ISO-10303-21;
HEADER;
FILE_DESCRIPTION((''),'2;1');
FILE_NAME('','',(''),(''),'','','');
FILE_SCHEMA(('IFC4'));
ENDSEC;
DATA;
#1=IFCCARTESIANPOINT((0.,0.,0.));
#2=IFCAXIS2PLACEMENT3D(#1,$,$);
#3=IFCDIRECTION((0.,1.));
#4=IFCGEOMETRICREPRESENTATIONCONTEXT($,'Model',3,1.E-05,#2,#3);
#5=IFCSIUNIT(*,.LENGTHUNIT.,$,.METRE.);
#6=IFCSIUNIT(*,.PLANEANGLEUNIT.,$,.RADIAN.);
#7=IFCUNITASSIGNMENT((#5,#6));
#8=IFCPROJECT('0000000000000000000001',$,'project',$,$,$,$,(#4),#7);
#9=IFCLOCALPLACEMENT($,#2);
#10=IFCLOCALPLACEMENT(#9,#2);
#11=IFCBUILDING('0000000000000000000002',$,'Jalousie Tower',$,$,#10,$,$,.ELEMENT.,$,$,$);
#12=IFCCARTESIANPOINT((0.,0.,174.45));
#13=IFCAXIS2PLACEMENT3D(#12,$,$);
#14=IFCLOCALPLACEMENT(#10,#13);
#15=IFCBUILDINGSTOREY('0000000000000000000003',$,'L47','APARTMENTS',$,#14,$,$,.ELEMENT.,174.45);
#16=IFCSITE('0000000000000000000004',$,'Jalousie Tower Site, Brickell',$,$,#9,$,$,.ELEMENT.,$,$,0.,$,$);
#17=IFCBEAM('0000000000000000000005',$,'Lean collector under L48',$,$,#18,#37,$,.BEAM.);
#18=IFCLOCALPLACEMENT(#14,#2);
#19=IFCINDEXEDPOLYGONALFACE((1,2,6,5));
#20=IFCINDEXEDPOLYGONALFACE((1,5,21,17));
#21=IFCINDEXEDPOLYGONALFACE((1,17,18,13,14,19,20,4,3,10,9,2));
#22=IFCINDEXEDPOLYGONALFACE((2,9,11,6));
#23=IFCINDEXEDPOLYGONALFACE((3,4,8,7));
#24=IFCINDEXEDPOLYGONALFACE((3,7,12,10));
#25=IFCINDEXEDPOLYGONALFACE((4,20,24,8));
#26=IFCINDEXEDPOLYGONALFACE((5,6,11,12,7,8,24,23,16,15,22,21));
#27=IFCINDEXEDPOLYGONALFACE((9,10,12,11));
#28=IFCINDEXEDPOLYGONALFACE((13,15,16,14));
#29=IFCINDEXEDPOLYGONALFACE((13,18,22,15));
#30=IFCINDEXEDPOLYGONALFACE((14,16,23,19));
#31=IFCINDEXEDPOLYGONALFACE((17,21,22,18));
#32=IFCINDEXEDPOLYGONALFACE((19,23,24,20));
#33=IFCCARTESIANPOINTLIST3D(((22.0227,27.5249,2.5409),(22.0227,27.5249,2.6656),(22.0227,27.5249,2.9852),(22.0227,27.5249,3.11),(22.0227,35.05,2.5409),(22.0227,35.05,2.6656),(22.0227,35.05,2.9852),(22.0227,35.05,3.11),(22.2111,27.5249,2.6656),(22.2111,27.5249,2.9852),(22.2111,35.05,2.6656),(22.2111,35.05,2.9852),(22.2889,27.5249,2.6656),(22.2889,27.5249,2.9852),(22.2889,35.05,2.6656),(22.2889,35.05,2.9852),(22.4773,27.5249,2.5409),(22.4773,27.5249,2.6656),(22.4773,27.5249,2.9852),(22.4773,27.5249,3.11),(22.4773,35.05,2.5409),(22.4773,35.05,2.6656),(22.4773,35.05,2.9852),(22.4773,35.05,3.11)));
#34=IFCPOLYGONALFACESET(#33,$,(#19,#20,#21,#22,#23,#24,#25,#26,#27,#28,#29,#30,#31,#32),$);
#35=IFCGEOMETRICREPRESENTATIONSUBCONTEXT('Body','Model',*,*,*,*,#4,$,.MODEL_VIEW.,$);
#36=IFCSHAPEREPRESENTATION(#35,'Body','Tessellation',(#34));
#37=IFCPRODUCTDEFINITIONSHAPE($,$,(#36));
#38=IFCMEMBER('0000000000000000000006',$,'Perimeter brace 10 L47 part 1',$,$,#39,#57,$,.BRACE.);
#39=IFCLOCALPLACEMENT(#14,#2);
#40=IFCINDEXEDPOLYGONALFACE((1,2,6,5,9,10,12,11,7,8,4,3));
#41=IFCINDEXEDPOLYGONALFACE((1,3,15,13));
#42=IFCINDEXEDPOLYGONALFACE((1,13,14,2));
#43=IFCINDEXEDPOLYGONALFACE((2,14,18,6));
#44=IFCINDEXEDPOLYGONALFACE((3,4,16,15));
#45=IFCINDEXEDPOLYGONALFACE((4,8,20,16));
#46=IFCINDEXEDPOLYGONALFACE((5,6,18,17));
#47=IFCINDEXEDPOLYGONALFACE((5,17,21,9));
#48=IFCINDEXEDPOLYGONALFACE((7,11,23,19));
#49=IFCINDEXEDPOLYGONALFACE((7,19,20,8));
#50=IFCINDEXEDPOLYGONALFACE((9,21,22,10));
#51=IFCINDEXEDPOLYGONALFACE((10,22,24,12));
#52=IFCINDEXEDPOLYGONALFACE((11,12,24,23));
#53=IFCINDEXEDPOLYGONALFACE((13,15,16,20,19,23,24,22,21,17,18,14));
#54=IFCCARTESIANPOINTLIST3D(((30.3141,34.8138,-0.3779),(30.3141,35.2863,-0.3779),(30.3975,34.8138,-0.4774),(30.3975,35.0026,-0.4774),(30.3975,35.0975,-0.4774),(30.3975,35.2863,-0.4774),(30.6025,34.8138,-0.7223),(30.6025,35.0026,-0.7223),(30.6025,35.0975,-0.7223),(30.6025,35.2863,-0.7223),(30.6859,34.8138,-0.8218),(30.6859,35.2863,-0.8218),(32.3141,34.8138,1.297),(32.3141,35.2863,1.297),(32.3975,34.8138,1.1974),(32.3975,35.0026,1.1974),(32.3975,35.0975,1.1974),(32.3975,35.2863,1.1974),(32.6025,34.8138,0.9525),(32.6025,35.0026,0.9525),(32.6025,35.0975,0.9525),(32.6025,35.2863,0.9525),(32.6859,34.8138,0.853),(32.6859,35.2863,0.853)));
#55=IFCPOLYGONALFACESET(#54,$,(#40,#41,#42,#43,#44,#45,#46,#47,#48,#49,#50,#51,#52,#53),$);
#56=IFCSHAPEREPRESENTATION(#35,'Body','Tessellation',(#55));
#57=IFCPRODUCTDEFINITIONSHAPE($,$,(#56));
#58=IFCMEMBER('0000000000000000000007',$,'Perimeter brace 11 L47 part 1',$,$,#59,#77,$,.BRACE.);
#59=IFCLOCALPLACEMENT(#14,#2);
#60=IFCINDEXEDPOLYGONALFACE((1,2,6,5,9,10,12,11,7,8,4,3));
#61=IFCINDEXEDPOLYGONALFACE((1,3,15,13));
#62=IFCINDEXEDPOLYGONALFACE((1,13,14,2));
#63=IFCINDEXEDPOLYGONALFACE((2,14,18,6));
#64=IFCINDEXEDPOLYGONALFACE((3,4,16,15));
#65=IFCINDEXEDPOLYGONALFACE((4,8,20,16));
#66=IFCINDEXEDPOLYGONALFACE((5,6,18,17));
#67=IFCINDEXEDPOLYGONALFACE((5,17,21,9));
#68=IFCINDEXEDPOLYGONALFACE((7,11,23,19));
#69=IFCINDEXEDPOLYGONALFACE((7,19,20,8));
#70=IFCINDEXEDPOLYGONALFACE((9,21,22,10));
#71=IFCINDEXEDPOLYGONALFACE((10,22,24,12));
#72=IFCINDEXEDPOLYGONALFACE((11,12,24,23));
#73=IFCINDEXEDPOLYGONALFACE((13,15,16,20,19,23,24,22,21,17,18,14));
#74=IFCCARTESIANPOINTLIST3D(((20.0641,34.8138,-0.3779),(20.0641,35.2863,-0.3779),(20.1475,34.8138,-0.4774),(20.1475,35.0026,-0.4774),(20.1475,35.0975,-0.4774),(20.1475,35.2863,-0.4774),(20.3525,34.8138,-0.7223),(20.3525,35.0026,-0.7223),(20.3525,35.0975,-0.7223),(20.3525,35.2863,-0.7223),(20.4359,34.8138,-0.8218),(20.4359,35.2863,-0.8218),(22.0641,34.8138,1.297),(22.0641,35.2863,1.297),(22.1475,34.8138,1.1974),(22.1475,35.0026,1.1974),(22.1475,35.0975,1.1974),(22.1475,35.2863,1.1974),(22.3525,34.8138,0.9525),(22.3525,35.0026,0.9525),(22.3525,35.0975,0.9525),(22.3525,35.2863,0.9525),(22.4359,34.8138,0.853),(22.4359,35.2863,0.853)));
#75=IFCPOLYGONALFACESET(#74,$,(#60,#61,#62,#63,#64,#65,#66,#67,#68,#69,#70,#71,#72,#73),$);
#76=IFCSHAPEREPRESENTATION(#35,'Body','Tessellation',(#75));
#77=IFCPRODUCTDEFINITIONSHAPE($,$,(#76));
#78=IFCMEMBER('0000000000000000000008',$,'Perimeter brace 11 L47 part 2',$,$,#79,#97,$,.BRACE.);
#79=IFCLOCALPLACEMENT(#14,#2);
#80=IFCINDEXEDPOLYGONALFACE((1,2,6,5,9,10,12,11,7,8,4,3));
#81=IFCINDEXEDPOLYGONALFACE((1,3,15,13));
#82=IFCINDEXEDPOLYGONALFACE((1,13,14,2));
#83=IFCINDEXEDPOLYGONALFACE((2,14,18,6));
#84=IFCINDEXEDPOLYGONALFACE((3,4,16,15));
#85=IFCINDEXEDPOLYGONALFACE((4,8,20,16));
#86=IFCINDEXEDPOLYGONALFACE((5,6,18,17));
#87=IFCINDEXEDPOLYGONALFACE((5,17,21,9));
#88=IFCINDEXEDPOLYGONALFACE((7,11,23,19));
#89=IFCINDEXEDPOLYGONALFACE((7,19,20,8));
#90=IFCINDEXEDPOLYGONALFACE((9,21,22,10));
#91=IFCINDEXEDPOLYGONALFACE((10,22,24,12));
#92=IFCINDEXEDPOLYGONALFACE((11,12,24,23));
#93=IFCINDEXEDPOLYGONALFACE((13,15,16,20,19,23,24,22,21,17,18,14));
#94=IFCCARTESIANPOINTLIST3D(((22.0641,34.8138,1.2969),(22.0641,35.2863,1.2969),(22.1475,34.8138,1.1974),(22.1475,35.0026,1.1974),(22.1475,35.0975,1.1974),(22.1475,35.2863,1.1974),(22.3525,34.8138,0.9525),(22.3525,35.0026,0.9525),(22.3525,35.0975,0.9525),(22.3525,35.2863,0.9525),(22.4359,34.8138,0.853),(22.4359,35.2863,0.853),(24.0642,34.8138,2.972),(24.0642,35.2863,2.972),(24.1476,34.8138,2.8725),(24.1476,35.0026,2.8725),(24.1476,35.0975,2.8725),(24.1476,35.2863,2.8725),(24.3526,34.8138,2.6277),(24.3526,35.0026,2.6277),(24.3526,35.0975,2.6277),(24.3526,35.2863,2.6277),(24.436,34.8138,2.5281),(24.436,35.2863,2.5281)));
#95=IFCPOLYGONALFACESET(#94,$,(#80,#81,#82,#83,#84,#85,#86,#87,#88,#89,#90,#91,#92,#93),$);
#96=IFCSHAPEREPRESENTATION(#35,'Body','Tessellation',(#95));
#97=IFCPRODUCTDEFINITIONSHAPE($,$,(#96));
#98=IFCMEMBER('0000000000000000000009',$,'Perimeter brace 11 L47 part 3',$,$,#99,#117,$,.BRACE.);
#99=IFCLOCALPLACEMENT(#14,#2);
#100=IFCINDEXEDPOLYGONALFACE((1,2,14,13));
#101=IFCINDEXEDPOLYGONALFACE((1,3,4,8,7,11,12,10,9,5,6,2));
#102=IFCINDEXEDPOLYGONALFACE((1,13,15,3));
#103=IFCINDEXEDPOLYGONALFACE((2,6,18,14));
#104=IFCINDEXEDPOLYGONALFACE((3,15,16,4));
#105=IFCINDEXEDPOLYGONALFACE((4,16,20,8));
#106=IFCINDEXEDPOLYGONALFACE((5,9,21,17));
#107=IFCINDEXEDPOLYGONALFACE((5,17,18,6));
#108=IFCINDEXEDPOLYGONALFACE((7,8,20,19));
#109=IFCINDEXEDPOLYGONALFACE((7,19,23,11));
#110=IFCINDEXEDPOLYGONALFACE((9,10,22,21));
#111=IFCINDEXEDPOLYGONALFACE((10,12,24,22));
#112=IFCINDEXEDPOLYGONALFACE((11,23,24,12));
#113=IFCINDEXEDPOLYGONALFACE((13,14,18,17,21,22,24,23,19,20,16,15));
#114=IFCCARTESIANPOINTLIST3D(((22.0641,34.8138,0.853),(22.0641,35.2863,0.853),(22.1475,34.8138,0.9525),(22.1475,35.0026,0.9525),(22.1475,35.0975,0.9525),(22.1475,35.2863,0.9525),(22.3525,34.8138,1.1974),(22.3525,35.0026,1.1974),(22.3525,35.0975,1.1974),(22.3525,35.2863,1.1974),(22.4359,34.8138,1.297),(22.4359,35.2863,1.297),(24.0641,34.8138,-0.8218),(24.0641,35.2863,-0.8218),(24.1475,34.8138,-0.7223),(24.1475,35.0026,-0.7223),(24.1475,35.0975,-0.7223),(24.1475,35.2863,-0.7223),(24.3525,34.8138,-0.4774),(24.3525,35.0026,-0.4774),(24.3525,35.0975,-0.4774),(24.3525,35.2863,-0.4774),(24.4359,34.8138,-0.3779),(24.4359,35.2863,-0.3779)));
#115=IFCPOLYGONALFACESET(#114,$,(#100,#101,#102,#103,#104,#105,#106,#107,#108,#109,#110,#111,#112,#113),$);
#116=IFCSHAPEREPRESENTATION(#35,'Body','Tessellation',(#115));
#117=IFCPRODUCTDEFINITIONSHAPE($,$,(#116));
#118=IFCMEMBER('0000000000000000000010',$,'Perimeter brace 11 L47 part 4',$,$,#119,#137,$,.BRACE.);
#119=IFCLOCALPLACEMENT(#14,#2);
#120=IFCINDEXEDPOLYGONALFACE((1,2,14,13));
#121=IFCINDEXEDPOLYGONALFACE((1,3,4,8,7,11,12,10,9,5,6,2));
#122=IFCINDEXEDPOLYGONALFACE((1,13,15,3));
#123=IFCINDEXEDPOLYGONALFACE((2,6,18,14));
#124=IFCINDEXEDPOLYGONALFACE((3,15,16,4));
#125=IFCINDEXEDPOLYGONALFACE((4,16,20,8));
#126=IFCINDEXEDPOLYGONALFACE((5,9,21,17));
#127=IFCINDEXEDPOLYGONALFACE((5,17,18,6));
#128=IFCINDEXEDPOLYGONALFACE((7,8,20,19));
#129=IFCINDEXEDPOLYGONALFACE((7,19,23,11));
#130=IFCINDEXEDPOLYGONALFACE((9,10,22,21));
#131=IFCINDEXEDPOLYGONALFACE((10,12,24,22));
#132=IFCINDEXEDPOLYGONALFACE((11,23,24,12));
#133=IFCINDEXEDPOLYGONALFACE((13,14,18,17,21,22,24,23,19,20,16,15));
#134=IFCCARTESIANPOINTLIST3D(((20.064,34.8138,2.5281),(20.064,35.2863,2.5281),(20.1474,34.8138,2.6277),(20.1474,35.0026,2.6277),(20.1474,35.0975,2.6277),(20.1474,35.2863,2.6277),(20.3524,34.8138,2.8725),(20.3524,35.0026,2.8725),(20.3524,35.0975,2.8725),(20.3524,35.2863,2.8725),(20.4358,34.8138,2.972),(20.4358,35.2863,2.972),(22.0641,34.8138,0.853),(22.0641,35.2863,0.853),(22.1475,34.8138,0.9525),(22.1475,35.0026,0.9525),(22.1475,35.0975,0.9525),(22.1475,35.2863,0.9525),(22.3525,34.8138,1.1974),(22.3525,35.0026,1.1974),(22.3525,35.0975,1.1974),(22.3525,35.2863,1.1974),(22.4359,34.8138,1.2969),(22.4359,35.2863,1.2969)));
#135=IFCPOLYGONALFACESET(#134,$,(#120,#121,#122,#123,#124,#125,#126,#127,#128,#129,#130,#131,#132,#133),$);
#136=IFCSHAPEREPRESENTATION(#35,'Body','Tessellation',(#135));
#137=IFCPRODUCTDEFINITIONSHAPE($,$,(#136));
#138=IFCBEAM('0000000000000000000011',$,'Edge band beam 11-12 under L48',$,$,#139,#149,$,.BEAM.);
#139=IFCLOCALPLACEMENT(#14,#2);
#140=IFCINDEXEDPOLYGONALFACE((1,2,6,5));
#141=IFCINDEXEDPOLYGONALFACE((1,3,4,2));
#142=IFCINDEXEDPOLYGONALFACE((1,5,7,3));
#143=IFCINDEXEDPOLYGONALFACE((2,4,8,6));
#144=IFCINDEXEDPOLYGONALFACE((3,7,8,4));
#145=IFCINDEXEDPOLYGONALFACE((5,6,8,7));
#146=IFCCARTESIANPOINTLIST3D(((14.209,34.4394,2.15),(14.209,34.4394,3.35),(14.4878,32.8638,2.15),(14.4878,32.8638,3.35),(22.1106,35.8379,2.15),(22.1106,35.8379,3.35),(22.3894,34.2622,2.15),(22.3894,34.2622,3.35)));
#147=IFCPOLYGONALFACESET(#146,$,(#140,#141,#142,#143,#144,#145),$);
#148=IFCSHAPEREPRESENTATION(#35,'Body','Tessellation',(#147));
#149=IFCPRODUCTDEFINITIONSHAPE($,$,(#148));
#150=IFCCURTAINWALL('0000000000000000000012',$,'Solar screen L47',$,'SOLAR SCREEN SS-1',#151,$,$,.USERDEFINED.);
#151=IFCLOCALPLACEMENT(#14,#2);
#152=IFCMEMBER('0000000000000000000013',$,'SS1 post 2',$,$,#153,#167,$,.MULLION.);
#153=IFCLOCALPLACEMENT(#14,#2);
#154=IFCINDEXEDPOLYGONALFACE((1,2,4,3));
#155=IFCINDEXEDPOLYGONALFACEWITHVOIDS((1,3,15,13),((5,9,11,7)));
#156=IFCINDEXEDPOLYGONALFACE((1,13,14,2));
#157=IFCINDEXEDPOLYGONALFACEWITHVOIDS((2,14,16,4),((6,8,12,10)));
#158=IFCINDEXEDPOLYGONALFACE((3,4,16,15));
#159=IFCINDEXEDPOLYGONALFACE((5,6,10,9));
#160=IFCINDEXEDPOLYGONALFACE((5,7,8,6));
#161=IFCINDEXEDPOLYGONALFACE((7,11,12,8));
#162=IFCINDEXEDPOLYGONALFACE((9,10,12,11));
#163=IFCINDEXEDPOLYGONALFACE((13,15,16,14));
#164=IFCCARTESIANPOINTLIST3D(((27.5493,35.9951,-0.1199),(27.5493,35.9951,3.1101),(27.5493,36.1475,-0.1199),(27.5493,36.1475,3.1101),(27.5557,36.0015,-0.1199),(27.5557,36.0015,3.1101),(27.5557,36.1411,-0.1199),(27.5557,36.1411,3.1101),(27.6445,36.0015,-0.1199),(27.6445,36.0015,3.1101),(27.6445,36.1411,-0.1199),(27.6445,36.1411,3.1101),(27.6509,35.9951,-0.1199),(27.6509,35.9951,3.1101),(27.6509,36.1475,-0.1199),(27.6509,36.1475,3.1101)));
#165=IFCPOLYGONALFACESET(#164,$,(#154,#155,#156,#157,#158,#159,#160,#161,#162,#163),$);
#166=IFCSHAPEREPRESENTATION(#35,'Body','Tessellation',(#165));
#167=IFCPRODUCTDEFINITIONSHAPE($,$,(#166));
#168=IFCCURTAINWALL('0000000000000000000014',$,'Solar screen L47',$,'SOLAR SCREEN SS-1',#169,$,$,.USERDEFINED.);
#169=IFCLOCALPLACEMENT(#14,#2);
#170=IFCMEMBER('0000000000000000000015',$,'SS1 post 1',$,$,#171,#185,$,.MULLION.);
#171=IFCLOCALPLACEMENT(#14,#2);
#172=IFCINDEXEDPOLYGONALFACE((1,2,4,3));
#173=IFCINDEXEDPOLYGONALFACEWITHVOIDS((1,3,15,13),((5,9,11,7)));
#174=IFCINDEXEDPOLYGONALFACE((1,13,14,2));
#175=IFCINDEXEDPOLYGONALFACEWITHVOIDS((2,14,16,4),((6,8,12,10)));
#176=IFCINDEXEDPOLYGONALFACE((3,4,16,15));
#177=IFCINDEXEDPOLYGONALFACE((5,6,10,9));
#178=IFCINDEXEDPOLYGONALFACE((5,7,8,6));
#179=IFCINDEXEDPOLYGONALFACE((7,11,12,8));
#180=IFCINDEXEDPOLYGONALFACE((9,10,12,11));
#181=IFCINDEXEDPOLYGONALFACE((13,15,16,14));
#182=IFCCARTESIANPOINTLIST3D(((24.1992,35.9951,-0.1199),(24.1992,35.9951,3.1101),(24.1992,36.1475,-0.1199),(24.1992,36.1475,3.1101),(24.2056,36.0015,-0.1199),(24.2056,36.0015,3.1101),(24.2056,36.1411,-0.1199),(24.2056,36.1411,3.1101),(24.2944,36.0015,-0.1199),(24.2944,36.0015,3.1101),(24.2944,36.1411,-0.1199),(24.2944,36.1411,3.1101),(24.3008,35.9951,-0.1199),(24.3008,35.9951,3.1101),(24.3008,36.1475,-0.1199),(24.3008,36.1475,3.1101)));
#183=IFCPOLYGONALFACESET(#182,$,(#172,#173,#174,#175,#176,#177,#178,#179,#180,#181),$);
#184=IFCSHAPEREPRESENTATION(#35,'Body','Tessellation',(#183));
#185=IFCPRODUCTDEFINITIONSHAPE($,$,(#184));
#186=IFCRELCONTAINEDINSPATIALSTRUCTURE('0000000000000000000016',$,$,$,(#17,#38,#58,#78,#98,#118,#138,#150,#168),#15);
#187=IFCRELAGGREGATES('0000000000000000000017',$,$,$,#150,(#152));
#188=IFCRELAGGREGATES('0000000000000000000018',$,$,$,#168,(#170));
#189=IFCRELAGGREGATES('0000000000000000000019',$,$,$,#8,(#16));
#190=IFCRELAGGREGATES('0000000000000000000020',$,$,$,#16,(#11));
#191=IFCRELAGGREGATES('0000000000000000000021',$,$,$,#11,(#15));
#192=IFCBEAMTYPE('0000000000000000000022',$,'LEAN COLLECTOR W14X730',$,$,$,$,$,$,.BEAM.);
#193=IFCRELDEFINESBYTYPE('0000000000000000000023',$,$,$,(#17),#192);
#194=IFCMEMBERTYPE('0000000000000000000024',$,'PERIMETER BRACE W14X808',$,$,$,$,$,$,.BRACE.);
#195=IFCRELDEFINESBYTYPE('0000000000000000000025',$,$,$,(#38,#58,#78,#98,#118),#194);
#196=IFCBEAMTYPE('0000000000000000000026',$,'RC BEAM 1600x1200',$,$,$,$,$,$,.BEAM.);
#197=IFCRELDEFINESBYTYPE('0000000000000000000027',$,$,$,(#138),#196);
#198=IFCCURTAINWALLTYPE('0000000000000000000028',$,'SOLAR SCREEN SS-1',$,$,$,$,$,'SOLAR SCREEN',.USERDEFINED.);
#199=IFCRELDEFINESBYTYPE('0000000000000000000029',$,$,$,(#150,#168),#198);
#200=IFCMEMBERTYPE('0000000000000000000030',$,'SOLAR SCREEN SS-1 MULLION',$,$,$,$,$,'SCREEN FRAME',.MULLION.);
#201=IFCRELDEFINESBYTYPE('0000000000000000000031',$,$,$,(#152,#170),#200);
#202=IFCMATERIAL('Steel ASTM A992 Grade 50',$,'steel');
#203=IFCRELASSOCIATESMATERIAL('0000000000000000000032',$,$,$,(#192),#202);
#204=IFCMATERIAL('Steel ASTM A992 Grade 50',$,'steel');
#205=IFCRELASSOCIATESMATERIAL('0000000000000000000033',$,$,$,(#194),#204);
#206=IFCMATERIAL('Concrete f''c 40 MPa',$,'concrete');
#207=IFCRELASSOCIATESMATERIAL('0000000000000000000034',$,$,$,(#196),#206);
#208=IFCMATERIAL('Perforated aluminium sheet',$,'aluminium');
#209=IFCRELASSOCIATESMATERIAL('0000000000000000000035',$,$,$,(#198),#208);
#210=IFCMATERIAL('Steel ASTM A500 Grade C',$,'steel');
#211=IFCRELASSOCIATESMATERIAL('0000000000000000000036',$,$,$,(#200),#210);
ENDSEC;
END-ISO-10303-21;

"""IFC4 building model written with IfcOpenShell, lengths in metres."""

from ifc_helpers import new_model, si_unit, direction, frame, origin, origin_2d, place, context, subcontext, project, spatial, rectangle, hollow_rectangle, i_section, extrude, material, material_profile, profile_set, type_object, element, aggregate, save


model = new_model("IFC4")

# Units and contexts
model_context = context("Model", 3, precision=1e-05, world=origin(), true_north=direction((0.0, 1.0)))
body_context = subcontext(model_context, "Body", "Model", "MODEL_VIEW")
ifc_project = project(units=[si_unit("LENGTHUNIT", "METRE"), si_unit("PLANEANGLEUNIT", "RADIAN")], contexts=[model_context])

# Site, building, storey
site_placement = place(None, origin())
site = spatial("IfcSite", under=ifc_project, at=site_placement, Name="Jalousie Tower Site, Brickell", CompositionType="ELEMENT", RefElevation=0.0)
building_placement = place(site_placement, origin())
building = spatial("IfcBuilding", under=site, at=building_placement, Name="Jalousie Tower", CompositionType="ELEMENT")
storey_placement = place(building_placement, frame((0.0, 0.0, 174.45)))
storey = spatial("IfcBuildingStorey", under=building, at=storey_placement, Name="L47", Description="APARTMENTS", CompositionType="ELEMENT", Elevation=174.45)

# Beam
ifc_material_1 = material(Name="Steel ASTM A992 Grade 50", Category="steel")
ifc_material_profile_1 = material_profile(ifc_material_1, i_section(OverallWidth=0.4546, OverallDepth=0.5691, WebThickness=0.0779, FlangeThickness=0.1248, at=origin_2d()), Name="W14X730")
ifc_profile_set_1 = profile_set([ifc_material_profile_1], Name="Steel ASTM A992 Grade 50")
beam_type_1 = type_object("IfcBeamType", Name="LEAN COLLECTOR W14X730", PredefinedType="BEAM", material=ifc_profile_set_1)
beam_1_placement = place(storey_placement, frame((22.25, 35.05, 2.8254), z_axis=(0.0, -1.0, 0.0), x_axis=(1.0, 0.0, 0.0)))
element("IfcBeam", 1, at=beam_1_placement, inside=storey, type_object=beam_type_1, Name="Lean collector under L48", PredefinedType="BEAM", context=body_context, shape_type="SweptSolid", body=[
    extrude(i_section(OverallWidth=0.4546, OverallDepth=0.5691, WebThickness=0.0779, FlangeThickness=0.1248, at=origin_2d()), origin(), (0.0, 0.0, 1.0), 7.5251),
])

# Members
ifc_material_2 = material(Name="Steel ASTM A992 Grade 50", Category="steel")
ifc_material_profile_2 = material_profile(ifc_material_2, i_section(OverallWidth=0.4724, OverallDepth=0.5791, WebThickness=0.095, FlangeThickness=0.1299, at=origin_2d()), Name="W14X808")
ifc_profile_set_2 = profile_set([ifc_material_profile_2], Name="Steel ASTM A992 Grade 50")
member_type_1 = type_object("IfcMemberType", Name="PERIMETER BRACE W14X808", PredefinedType="BRACE", material=ifc_profile_set_2)
for number, where, z_axis, x_axis, name in (
    (2, (30.5, 35.05, -0.5999), (0.766685, 0.0, 0.642024), (0.0, 1.0, 0.0), "Perimeter brace 10 L47 part 1"),
    (3, (20.25, 35.05, -0.5999), (0.766685, 0.0, 0.642024), (0.0, 1.0, 0.0), "Perimeter brace 11 L47 part 1"),
):
    element("IfcMember", number, at=place(storey_placement, frame(where, z_axis=z_axis, x_axis=x_axis)), inside=storey, type_object=member_type_1, Name=name, PredefinedType="BRACE", context=body_context, shape_type="SweptSolid", body=[
        extrude(i_section(OverallWidth=0.4724, OverallDepth=0.5791, WebThickness=0.095, FlangeThickness=0.1299, at=origin_2d()), origin(), (0.0, 0.0, 1.0), 2.6086),
    ])
member_1_placement = place(storey_placement, frame((22.25, 35.05, 1.075), z_axis=(0.766639, 0.0, 0.642079), x_axis=(0.0, 1.0, 0.0)))
element("IfcMember", 4, at=member_1_placement, inside=storey, type_object=member_type_1, Name="Perimeter brace 11 L47 part 2", PredefinedType="BRACE", context=body_context, shape_type="SweptSolid", body=[
    extrude(i_section(OverallWidth=0.4724, OverallDepth=0.5791, WebThickness=0.095, FlangeThickness=0.1299, at=origin_2d()), origin(), (0.0, 0.0, 1.0), 2.6089),
])
member_2_placement = place(storey_placement, frame((24.25, 35.05, -0.5999), z_axis=(-0.766685, 0.0, 0.642024), x_axis=(0.0, -1.0, 0.0)))
element("IfcMember", 5, at=member_2_placement, inside=storey, type_object=member_type_1, Name="Perimeter brace 11 L47 part 3", PredefinedType="BRACE", context=body_context, shape_type="SweptSolid", body=[
    extrude(i_section(OverallWidth=0.4724, OverallDepth=0.5791, WebThickness=0.095, FlangeThickness=0.1299, at=origin_2d()), origin(), (0.0, 0.0, 1.0), 2.6086),
])
member_3_placement = place(storey_placement, frame((22.25, 35.05, 1.075), z_axis=(-0.766639, 0.0, 0.642079), x_axis=(0.0, -1.0, 0.0)))
element("IfcMember", 6, at=member_3_placement, inside=storey, type_object=member_type_1, Name="Perimeter brace 11 L47 part 4", PredefinedType="BRACE", context=body_context, shape_type="SweptSolid", body=[
    extrude(i_section(OverallWidth=0.4724, OverallDepth=0.5791, WebThickness=0.095, FlangeThickness=0.1299, at=origin_2d()), origin(), (0.0, 0.0, 1.0), 2.6089),
])

# Beam
ifc_material_3 = material(Name="Concrete f'c 40 MPa", Category="concrete")
ifc_material_profile_3 = material_profile(ifc_material_3, rectangle(XDim=1.6001, YDim=1.2, at=origin_2d()), Name="RC 1600x1200")
ifc_profile_set_3 = profile_set([ifc_material_profile_3], Name="Concrete f'c 40 MPa")
beam_type_2 = type_object("IfcBeamType", Name="RC BEAM 1600x1200", PredefinedType="BEAM", material=ifc_profile_set_3)
beam_2_placement = place(storey_placement, frame((22.25, 35.05, 2.75), z_axis=(-0.984697, -0.174273, 0.0), x_axis=(0.174273, -0.984697, 0.0)))
element("IfcBeam", 7, at=beam_2_placement, inside=storey, type_object=beam_type_2, Name="Edge band beam 11-12 under L48", PredefinedType="BEAM", context=body_context, shape_type="SweptSolid", body=[
    extrude(rectangle(XDim=1.6001, YDim=1.2, at=origin_2d()), origin(), (0.0, 0.0, 1.0), 8.0244),
])

# Curtain wall, member
ifc_material_4 = material(Name="Perforated aluminium sheet", Category="aluminium")
curtain_wall_type = type_object("IfcCurtainWallType", Name="SOLAR SCREEN SS-1", ElementType="SOLAR SCREEN", PredefinedType="USERDEFINED", material=ifc_material_4)
curtain_wall_1_placement = place(storey_placement, origin())
curtain_wall_1 = element("IfcCurtainWall", 8, at=curtain_wall_1_placement, inside=storey, type_object=curtain_wall_type, Name="Solar screen L47", ObjectType="SOLAR SCREEN SS-1", PredefinedType="USERDEFINED")
ifc_material_5 = material(Name="Steel ASTM A500 Grade C", Category="steel")
ifc_material_profile_4 = material_profile(ifc_material_5, hollow_rectangle(XDim=0.1016, YDim=0.1523, WallThickness=0.0063, at=origin_2d()), Name="HSS6X4X1/4")
ifc_profile_set_4 = profile_set([ifc_material_profile_4], Name="Steel ASTM A500 Grade C")
member_type_2 = type_object("IfcMemberType", Name="SOLAR SCREEN SS-1 MULLION", ElementType="SCREEN FRAME", PredefinedType="MULLION", material=ifc_profile_set_4)
member_4_placement = place(storey_placement, frame((27.6001, 36.0713, -0.1199), z_axis=(0.0, 0.0, 1.0), x_axis=(-1.0, 0.0, 0.0)))
member_4 = element("IfcMember", 9, at=member_4_placement, type_object=member_type_2, Name="SS1 post 2", PredefinedType="MULLION", context=body_context, shape_type="SweptSolid", body=[
    extrude(hollow_rectangle(XDim=0.1016, YDim=0.1523, WallThickness=0.0063, at=origin_2d()), origin(), (0.0, 0.0, 1.0), 3.23),
])

# Curtain wall, member
curtain_wall_2_placement = place(storey_placement, origin())
curtain_wall_2 = element("IfcCurtainWall", 10, at=curtain_wall_2_placement, inside=storey, type_object=curtain_wall_type, Name="Solar screen L47", ObjectType="SOLAR SCREEN SS-1", PredefinedType="USERDEFINED")
member_5_placement = place(storey_placement, frame((24.25, 36.0713, -0.1199), z_axis=(0.0, 0.0, 1.0), x_axis=(-1.0, 0.0, 0.0)))
member_5 = element("IfcMember", 11, at=member_5_placement, type_object=member_type_2, Name="SS1 post 1", PredefinedType="MULLION", context=body_context, shape_type="SweptSolid", body=[
    extrude(hollow_rectangle(XDim=0.1016, YDim=0.1523, WallThickness=0.0063, at=origin_2d()), origin(), (0.0, 0.0, 1.0), 3.23),
])

aggregate(curtain_wall_1, [member_4])
aggregate(curtain_wall_2, [member_5])

save(model, "model.ifc")
